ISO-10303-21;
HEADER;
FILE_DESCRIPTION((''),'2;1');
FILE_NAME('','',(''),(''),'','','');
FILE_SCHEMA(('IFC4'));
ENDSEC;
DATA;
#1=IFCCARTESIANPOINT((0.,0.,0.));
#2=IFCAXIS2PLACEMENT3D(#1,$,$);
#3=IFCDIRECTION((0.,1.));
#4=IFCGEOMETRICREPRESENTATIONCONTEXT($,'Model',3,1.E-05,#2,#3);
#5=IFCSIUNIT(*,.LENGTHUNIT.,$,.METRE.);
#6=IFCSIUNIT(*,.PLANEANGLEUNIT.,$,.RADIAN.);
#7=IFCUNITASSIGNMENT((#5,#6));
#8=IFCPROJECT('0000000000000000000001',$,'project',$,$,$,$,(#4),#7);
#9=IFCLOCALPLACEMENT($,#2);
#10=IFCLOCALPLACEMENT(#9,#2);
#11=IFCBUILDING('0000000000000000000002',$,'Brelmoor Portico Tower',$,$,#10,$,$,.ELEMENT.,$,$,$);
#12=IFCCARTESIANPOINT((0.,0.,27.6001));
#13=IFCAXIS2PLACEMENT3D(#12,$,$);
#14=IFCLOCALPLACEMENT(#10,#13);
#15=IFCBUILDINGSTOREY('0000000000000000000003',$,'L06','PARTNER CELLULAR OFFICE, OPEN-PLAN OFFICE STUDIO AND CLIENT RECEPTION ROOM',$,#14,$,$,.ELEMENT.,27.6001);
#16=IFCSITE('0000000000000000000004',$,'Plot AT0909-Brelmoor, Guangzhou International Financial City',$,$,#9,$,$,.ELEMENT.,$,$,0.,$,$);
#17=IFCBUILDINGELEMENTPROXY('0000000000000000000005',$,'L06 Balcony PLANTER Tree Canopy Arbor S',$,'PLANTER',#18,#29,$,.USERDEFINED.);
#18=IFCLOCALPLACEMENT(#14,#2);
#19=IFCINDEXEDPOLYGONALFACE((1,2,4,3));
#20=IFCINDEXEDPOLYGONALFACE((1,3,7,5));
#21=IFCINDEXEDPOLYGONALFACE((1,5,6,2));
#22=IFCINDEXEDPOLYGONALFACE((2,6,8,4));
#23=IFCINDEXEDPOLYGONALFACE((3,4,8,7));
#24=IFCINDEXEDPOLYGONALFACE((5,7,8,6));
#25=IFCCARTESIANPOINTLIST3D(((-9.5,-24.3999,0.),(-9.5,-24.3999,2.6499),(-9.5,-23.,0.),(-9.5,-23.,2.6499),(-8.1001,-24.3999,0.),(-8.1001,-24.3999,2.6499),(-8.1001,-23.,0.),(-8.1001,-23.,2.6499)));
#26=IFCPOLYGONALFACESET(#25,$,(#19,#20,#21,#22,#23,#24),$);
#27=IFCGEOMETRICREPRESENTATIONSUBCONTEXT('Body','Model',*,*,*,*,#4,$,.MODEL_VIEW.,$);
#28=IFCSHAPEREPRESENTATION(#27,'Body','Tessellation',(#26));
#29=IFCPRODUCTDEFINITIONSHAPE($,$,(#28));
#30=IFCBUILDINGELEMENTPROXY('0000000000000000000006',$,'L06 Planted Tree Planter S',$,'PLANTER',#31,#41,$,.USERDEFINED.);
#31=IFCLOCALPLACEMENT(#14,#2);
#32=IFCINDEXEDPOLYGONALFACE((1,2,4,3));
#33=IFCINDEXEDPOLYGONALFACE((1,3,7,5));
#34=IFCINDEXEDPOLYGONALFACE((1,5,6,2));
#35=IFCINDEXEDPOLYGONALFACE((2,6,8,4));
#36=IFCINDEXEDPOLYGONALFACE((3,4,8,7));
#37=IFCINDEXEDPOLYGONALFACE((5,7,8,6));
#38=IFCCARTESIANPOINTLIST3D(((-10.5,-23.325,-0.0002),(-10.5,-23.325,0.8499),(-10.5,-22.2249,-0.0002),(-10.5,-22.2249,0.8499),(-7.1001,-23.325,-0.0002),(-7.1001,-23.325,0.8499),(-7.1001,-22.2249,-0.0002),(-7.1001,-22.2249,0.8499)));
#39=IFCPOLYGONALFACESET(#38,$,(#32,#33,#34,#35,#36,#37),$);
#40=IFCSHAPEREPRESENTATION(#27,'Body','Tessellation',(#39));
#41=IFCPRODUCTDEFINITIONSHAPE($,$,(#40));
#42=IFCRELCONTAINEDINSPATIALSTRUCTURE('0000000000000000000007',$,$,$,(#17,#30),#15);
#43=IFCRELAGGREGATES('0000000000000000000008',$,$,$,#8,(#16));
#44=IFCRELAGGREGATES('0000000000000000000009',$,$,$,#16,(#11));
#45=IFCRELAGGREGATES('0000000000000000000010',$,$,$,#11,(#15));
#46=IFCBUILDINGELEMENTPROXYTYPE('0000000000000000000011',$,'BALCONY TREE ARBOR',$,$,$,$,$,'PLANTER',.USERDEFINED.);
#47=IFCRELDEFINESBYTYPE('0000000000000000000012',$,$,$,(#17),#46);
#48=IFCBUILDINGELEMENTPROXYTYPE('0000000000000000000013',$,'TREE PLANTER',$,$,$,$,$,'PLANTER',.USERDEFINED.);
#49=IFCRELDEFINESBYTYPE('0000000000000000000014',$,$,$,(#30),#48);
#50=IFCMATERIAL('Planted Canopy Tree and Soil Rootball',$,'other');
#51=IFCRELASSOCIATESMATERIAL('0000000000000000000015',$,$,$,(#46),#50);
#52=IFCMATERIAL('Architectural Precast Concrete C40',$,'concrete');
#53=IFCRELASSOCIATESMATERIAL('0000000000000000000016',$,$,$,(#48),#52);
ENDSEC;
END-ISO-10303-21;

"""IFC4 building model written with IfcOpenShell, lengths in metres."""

from ifc_helpers import new_model, si_unit, direction, frame, origin, origin_2d, place, context, subcontext, project, spatial, rectangle, extrude, material, type_object, element, save


model = new_model("IFC4")

# Units and contexts
model_context = context("Model", 3, precision=1e-05, world=origin(), true_north=direction((0.0, 1.0)))
body_context = subcontext(model_context, "Body", "Model", "MODEL_VIEW")
ifc_project = project(units=[si_unit("LENGTHUNIT", "METRE"), si_unit("PLANEANGLEUNIT", "RADIAN")], contexts=[model_context])

# Site, building, storey
site_placement = place(None, origin())
site = spatial("IfcSite", under=ifc_project, at=site_placement, Name="Plot AT0909-Brelmoor, Guangzhou International Financial City", CompositionType="ELEMENT", RefElevation=0.0)
building_placement = place(site_placement, origin())
building = spatial("IfcBuilding", under=site, at=building_placement, Name="Brelmoor Portico Tower", CompositionType="ELEMENT")
storey_placement = place(building_placement, frame((0.0, 0.0, 27.6001)))
storey = spatial("IfcBuildingStorey", under=building, at=storey_placement, Name="L06", Description="PARTNER CELLULAR OFFICE, OPEN-PLAN OFFICE STUDIO AND CLIENT RECEPTION ROOM", CompositionType="ELEMENT", Elevation=27.6001)

# Building element proxies
ifc_material_1 = material(Name="Planted Canopy Tree and Soil Rootball", Category="other")
building_element_proxy_type_1 = type_object("IfcBuildingElementProxyType", Name="BALCONY TREE ARBOR", ElementType="PLANTER", PredefinedType="USERDEFINED", material=ifc_material_1)
proxy_1_placement = place(storey_placement, frame((-8.8, -23.7, 0.0), z_axis=(0.0, 0.0, 1.0), x_axis=(1.0, 0.0, 0.0)))
element("IfcBuildingElementProxy", 1, at=proxy_1_placement, inside=storey, type_object=building_element_proxy_type_1, Name="L06 Balcony PLANTER Tree Canopy Arbor S", ObjectType="PLANTER", PredefinedType="USERDEFINED", context=body_context, shape_type="SweptSolid", body=[
    extrude(rectangle(XDim=1.3999, YDim=1.3999, at=origin_2d()), origin(), (0.0, 0.0, 1.0), 2.6499),
])
ifc_material_2 = material(Name="Architectural Precast Concrete C40", Category="concrete")
building_element_proxy_type_2 = type_object("IfcBuildingElementProxyType", Name="TREE PLANTER", ElementType="PLANTER", PredefinedType="USERDEFINED", material=ifc_material_2)
proxy_2_placement = place(storey_placement, frame((-8.8, -22.7749, -0.0002), z_axis=(0.0, 0.0, 1.0), x_axis=(1.0, 0.0, 0.0)))
element("IfcBuildingElementProxy", 2, at=proxy_2_placement, inside=storey, type_object=building_element_proxy_type_2, Name="L06 Planted Tree Planter S", ObjectType="PLANTER", PredefinedType="USERDEFINED", context=body_context, shape_type="SweptSolid", body=[
    extrude(rectangle(XDim=3.3999, YDim=1.1001, at=origin_2d()), origin(), (0.0, 0.0, 1.0), 0.8501),
])

save(model, "model.ifc")
